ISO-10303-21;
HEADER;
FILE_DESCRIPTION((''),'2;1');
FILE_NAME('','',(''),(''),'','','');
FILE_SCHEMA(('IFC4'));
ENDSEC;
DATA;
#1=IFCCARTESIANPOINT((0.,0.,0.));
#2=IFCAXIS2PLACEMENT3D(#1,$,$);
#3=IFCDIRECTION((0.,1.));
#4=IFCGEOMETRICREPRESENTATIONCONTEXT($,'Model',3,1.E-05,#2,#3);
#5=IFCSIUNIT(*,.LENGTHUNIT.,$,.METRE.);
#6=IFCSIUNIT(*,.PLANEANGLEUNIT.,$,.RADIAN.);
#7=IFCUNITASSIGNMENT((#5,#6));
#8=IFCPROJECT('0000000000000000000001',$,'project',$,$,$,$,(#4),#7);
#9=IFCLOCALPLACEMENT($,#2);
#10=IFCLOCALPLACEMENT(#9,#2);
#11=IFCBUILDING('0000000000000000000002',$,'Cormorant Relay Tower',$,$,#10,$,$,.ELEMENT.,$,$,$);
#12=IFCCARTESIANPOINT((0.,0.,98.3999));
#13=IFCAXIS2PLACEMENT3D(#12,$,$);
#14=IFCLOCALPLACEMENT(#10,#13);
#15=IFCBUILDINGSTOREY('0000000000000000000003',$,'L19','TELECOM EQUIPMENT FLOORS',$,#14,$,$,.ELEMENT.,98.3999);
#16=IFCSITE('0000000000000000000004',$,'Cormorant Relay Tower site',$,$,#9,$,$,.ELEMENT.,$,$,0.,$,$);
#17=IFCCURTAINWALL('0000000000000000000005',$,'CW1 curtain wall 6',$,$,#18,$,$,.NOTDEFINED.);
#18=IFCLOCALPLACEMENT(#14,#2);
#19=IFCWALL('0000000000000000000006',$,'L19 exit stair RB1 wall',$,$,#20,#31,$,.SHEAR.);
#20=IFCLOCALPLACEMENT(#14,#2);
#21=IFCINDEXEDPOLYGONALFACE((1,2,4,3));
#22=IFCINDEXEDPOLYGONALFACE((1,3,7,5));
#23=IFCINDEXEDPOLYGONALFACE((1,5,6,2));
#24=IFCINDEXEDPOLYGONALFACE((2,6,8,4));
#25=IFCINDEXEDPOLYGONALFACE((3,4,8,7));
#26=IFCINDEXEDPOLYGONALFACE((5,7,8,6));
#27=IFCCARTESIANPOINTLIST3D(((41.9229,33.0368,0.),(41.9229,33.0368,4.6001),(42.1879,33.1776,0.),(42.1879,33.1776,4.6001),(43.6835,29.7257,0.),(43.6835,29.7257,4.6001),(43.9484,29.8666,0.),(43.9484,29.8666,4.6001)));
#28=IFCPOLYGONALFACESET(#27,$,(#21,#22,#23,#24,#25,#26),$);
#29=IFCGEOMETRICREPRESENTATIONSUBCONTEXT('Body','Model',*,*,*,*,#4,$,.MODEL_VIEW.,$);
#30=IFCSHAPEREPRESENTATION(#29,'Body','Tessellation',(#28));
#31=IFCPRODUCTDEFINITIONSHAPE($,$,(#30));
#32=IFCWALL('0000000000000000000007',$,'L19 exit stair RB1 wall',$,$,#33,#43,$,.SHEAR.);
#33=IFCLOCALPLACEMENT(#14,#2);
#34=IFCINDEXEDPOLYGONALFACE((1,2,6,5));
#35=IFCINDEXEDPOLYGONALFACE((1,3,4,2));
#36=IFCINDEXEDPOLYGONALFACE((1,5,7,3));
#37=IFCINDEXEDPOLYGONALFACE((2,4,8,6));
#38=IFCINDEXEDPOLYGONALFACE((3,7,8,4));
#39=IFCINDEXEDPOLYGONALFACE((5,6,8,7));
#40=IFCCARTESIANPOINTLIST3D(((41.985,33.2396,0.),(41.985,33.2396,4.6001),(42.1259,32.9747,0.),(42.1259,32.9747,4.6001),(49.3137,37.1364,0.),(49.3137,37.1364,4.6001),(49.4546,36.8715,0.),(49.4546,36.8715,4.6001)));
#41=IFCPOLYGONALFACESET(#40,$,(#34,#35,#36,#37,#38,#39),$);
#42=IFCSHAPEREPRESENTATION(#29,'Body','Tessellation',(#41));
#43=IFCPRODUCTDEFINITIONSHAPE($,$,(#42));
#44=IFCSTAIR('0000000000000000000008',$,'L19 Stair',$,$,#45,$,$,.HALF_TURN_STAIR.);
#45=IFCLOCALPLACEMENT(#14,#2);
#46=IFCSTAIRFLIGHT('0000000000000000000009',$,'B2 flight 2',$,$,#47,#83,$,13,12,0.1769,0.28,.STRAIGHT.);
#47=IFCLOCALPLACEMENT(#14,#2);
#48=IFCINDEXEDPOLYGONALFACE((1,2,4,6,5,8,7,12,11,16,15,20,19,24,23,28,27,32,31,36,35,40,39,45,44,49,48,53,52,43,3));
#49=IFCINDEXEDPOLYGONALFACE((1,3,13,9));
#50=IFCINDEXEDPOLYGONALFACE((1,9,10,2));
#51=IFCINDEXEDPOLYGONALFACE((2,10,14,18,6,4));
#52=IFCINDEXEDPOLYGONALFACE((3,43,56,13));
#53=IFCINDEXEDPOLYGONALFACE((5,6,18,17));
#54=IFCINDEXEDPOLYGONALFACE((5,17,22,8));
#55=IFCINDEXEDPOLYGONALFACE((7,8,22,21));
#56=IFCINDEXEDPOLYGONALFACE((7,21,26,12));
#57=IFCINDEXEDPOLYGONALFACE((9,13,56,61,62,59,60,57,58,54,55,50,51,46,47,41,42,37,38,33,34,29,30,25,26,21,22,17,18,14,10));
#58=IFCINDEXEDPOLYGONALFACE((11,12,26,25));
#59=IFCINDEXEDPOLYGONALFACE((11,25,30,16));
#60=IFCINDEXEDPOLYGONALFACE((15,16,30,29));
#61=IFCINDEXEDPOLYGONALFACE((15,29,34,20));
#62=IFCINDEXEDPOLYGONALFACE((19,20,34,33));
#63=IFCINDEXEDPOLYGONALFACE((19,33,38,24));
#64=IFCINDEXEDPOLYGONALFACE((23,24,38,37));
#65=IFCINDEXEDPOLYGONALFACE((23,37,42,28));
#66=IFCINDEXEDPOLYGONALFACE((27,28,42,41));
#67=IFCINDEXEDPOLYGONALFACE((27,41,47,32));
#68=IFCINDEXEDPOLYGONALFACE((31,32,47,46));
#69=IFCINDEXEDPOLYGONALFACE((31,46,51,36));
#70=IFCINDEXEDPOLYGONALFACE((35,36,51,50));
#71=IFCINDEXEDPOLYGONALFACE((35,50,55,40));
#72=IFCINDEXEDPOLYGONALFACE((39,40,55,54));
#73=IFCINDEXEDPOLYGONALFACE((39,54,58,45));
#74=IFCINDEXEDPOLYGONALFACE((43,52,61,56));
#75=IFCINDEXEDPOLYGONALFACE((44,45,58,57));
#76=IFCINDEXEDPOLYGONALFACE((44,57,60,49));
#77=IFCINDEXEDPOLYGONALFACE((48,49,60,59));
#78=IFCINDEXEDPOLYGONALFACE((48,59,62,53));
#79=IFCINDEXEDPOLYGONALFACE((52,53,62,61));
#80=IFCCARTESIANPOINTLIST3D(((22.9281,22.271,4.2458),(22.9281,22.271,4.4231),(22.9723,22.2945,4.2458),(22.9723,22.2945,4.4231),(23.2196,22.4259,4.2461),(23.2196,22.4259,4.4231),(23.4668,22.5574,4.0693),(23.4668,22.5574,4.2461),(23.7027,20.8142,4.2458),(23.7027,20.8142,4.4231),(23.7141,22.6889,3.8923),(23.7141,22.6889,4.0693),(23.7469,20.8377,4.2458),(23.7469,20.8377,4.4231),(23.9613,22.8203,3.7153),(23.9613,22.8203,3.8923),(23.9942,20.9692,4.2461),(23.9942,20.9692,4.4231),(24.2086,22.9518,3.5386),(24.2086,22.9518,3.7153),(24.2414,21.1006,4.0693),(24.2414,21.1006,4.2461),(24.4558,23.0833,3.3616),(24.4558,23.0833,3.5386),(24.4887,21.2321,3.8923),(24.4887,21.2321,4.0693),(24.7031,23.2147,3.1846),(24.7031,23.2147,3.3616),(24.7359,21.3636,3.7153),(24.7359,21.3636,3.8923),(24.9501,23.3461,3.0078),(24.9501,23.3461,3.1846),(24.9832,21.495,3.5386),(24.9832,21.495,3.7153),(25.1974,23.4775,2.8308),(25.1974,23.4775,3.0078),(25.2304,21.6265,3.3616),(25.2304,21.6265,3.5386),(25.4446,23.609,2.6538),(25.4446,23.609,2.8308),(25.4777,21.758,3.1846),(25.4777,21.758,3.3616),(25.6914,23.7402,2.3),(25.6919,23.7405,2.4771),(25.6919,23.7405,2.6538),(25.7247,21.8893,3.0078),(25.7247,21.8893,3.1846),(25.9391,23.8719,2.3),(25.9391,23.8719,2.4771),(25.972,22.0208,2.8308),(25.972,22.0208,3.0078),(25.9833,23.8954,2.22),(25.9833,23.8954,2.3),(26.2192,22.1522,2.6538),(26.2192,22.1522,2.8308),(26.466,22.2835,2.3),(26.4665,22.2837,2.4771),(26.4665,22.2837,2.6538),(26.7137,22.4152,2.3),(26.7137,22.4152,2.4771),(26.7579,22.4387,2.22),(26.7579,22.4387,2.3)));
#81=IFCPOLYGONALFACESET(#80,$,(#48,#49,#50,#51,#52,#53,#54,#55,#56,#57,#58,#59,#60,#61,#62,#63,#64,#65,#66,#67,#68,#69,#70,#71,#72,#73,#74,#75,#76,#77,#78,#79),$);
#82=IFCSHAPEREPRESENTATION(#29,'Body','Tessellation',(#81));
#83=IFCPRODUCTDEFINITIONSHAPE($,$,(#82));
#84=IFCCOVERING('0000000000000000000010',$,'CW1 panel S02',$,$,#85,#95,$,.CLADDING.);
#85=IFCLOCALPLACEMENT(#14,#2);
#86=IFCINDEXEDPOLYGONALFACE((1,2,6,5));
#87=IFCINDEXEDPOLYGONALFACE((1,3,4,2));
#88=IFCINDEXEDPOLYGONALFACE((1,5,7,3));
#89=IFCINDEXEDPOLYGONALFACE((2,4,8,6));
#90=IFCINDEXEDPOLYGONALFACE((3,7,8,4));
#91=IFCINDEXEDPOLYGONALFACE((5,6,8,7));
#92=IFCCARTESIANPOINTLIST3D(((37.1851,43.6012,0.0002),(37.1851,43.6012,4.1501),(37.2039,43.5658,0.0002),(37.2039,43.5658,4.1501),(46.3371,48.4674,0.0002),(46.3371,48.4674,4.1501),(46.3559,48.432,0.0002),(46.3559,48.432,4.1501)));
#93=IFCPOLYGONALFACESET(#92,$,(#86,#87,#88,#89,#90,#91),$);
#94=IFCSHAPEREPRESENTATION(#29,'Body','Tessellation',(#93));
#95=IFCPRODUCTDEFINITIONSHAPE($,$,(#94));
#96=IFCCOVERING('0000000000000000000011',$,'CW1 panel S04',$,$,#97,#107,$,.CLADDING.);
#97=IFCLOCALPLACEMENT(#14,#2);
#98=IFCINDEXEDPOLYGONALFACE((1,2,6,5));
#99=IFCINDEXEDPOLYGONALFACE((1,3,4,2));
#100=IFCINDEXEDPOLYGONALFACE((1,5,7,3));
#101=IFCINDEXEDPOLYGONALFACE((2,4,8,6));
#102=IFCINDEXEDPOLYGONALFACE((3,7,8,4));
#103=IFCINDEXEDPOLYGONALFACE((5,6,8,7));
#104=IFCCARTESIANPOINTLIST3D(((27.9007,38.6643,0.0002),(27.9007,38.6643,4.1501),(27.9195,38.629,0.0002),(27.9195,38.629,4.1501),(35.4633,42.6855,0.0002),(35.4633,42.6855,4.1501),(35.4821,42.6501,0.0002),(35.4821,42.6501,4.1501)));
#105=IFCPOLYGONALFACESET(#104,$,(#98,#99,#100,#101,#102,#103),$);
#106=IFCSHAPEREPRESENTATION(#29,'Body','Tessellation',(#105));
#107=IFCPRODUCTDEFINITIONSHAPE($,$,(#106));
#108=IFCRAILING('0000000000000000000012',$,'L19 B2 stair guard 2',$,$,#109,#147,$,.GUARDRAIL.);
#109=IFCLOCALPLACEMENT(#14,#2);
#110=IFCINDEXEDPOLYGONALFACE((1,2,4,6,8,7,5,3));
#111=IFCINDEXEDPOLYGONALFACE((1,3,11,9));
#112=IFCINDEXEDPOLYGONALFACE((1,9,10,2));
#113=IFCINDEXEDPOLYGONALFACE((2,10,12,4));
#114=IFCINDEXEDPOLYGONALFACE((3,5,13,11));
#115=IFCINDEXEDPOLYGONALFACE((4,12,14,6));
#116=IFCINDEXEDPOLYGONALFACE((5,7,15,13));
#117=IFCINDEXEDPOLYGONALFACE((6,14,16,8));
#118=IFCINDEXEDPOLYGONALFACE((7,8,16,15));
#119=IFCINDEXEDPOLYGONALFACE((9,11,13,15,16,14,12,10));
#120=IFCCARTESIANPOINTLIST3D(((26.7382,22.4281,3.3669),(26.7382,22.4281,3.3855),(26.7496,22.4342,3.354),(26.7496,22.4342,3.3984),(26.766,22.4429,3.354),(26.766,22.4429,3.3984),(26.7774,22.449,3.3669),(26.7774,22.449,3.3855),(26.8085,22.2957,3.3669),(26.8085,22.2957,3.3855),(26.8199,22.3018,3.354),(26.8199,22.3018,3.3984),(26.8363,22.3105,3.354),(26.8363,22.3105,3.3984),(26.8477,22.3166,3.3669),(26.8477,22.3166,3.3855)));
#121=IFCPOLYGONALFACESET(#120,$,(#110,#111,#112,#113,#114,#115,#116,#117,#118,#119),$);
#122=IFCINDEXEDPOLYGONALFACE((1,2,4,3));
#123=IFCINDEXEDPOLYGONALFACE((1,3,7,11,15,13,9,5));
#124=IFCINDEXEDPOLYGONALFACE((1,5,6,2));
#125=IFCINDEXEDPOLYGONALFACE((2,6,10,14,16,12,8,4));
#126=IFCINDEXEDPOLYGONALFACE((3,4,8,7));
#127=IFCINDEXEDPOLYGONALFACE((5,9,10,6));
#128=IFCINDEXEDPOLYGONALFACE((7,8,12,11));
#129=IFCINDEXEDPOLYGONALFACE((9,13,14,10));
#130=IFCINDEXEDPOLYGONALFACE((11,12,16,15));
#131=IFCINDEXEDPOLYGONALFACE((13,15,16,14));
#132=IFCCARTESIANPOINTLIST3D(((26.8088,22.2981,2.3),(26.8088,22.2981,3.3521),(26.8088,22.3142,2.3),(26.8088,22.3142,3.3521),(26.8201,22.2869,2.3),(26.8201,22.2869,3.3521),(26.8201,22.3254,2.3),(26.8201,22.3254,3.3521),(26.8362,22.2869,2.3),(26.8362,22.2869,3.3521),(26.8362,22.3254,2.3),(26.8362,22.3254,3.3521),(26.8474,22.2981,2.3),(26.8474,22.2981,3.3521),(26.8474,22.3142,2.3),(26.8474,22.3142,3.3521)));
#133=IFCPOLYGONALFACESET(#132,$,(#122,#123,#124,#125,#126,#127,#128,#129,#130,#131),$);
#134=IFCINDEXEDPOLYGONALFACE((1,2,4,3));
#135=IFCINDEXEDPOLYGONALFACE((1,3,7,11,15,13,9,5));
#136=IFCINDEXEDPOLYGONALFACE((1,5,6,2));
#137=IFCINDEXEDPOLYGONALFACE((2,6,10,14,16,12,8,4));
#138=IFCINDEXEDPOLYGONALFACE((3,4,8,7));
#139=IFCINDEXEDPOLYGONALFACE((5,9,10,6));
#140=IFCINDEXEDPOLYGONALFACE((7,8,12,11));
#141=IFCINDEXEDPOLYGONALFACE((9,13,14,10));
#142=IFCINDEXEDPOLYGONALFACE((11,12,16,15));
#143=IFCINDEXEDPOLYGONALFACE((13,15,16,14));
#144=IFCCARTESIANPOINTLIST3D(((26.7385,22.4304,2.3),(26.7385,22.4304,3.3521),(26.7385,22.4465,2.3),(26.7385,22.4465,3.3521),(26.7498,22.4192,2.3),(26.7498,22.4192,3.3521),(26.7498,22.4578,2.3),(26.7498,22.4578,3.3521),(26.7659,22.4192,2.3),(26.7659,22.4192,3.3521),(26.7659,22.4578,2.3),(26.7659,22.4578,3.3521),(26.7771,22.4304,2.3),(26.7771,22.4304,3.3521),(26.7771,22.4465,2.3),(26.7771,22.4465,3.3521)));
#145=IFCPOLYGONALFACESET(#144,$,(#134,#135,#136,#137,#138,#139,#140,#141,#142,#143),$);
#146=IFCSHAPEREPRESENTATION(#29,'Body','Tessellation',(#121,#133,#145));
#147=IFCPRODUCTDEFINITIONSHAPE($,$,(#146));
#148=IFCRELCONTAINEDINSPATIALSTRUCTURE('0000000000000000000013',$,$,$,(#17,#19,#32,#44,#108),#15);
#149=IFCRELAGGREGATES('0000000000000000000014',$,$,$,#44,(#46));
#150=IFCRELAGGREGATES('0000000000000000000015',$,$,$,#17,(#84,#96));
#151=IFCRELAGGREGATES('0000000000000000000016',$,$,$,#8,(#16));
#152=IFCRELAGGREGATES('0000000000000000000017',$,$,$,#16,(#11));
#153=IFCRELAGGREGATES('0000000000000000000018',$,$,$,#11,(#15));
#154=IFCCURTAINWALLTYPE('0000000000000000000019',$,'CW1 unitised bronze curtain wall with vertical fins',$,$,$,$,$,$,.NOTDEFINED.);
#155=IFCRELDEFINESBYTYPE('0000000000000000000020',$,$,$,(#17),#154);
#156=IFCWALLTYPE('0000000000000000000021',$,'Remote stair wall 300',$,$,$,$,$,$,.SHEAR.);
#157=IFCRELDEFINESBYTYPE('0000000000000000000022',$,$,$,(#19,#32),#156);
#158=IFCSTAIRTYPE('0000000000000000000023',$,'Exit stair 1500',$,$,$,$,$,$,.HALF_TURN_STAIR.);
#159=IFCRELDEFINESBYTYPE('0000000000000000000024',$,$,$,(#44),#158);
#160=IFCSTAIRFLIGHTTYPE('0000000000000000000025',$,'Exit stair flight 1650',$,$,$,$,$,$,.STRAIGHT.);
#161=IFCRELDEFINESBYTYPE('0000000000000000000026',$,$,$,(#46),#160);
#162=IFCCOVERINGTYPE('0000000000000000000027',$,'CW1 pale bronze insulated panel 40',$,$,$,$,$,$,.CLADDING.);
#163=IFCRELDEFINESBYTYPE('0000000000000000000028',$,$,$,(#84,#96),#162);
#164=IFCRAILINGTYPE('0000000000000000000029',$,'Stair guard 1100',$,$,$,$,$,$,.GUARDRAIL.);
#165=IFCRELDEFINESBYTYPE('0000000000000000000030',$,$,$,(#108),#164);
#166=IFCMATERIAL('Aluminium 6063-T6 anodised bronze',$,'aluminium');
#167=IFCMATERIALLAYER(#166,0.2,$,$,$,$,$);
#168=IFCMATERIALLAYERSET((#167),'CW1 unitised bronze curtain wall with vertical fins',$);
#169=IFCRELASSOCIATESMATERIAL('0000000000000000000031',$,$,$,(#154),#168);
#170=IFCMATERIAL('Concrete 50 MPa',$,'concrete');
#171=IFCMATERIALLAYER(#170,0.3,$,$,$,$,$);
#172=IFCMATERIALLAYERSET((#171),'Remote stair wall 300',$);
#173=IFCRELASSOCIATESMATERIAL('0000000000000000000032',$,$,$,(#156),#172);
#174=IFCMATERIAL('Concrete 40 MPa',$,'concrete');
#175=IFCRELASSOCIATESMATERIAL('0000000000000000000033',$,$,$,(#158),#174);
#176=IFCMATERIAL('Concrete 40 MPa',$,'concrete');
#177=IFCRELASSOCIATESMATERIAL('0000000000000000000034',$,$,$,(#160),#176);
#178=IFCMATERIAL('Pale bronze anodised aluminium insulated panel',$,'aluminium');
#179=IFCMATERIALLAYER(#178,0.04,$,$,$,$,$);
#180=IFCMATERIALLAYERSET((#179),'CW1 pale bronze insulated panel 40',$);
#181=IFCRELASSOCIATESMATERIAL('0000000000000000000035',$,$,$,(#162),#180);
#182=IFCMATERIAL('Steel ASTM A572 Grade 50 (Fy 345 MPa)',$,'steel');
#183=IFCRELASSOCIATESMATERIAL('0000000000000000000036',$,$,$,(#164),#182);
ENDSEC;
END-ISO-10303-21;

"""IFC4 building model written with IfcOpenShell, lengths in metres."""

from ifc_helpers import new_model, si_unit, direction, frame, frame_2d, origin, origin_2d, place, context, subcontext, project, spatial, polyline, rectangle, outline, extrude, material, layer, layer_set, type_object, element, aggregate, save


model = new_model("IFC4")

# Units and contexts
model_context = context("Model", 3, precision=1e-05, world=origin(), true_north=direction((0.0, 1.0)))
body_context = subcontext(model_context, "Body", "Model", "MODEL_VIEW")
ifc_project = project(units=[si_unit("LENGTHUNIT", "METRE"), si_unit("PLANEANGLEUNIT", "RADIAN")], contexts=[model_context])

# Site, building, storey
site_placement = place(None, origin())
site = spatial("IfcSite", under=ifc_project, at=site_placement, Name="Cormorant Relay Tower site", CompositionType="ELEMENT", RefElevation=0.0)
building_placement = place(site_placement, origin())
building = spatial("IfcBuilding", under=site, at=building_placement, Name="Cormorant Relay Tower", CompositionType="ELEMENT")
storey_placement = place(building_placement, frame((0.0, 0.0, 98.3999)))
storey = spatial("IfcBuildingStorey", under=building, at=storey_placement, Name="L19", Description="TELECOM EQUIPMENT FLOORS", CompositionType="ELEMENT", Elevation=98.3999)

# Curtain wall
ifc_material_1 = material(Name="Aluminium 6063-T6 anodised bronze", Category="aluminium")
ifc_layer_1 = layer(ifc_material_1, 0.2)
ifc_layer_set_1 = layer_set([ifc_layer_1], Name="CW1 unitised bronze curtain wall with vertical fins")
curtain_wall_type = type_object("IfcCurtainWallType", Name="CW1 unitised bronze curtain wall with vertical fins", PredefinedType="NOTDEFINED", material=ifc_layer_set_1)
curtain_wall_placement = place(storey_placement, origin())
curtain_wall = element("IfcCurtainWall", 1, at=curtain_wall_placement, inside=storey, type_object=curtain_wall_type, Name="CW1 curtain wall 6", PredefinedType="NOTDEFINED")

# Walls
ifc_material_2 = material(Name="Concrete 50 MPa", Category="concrete")
ifc_layer_2 = layer(ifc_material_2, 0.3)
ifc_layer_set_2 = layer_set([ifc_layer_2], Name="Remote stair wall 300")
wall_type_1 = type_object("IfcWallType", Name="Remote stair wall 300", PredefinedType="SHEAR", material=ifc_layer_set_2)
wall_1_placement = place(storey_placement, frame((43.8159, 29.7961, 0.0), z_axis=(0.0, 0.0, 1.0), x_axis=(-0.469469, 0.882949, 0.0)))
element("IfcWall", 2, at=wall_1_placement, inside=storey, type_object=wall_type_1, Name="L19 exit stair RB1 wall", PredefinedType="SHEAR", context=body_context, shape_type="SweptSolid", body=[
    extrude(rectangle(XDim=3.75, YDim=0.3, at=frame_2d((1.875, 0.0))), origin(), (0.0, 0.0, 1.0), 4.6001),
])
wall_2_placement = place(storey_placement, frame((42.0554, 33.1072, 0.0), z_axis=(0.0, 0.0, 1.0), x_axis=(0.882946, 0.469475, 0.0)))
element("IfcWall", 3, at=wall_2_placement, inside=storey, type_object=wall_type_1, Name="L19 exit stair RB1 wall", PredefinedType="SHEAR", context=body_context, shape_type="SweptSolid", body=[
    extrude(rectangle(XDim=8.3003, YDim=0.3, at=frame_2d((4.1501, 0.0))), origin(), (0.0, 0.0, 1.0), 4.6001),
])

# Stair, stair flight
ifc_material_3 = material(Name="Concrete 40 MPa", Category="concrete")
stair_type = type_object("IfcStairType", Name="Exit stair 1500", PredefinedType="HALF_TURN_STAIR", material=ifc_material_3)
stair_placement = place(storey_placement, origin())
stair = element("IfcStair", 4, at=stair_placement, inside=storey, type_object=stair_type, Name="L19 Stair", PredefinedType="HALF_TURN_STAIR")
ifc_material_4 = material(Name="Concrete 40 MPa", Category="concrete")
stair_flight_type = type_object("IfcStairFlightType", Name="Exit stair flight 1650", PredefinedType="STRAIGHT", material=ifc_material_4)
stair_flight_placement = place(storey_placement, frame((26.3264, 23.1436, 2.3), z_axis=(0.0, 0.0, 1.0), x_axis=(-0.882948, -0.469472, 0.0)))
stair_flight = element("IfcStairFlight", 5, at=stair_flight_placement, type_object=stair_flight_type, Name="B2 flight 2", NumberOfRisers=13, NumberOfTreads=12, PredefinedType="STRAIGHT", RiserHeight=0.1769, TreadLength=0.28, context=body_context, shape_type="SweptSolid", body=[
    extrude(outline(polyline([(-0.05, -0.0801), (-0.05, 0.0), (0.0, 0.0), (0.0, 0.177), (0.28, 0.177), (0.28, 0.3538), (0.5601, 0.3538), (0.5601, 0.5308), (0.8401, 0.5308), (0.8401, 0.7078), (1.1201, 0.7078), (1.1201, 0.8845), (1.3999, 0.8845), (1.3999, 1.0615), (1.6799, 1.0615), (1.6799, 1.2385), (1.96, 1.2385), (1.96, 1.4153), (2.24, 1.4153), (2.24, 1.5923), (2.52, 1.5923), (2.52, 1.7693), (2.8, 1.7693), (2.8, 1.946), (3.0801, 1.946), (3.0801, 2.123), (3.3601, 2.123), (3.4102, 2.123), (3.4102, 1.9458), (3.3601, 1.9458), (0.2805, 0.0), (-0.05, -0.0801)])), frame((0.0, 0.825, 0.0), z_axis=(0.0, -1.0, 0.0), x_axis=(1.0, 0.0, 0.0)), (0.0, 0.0, 1.0), 1.6499),
])
aggregate(stair, [stair_flight])

# Coverings
ifc_material_5 = material(Name="Pale bronze anodised aluminium insulated panel", Category="aluminium")
ifc_layer_3 = layer(ifc_material_5, 0.04)
ifc_layer_set_3 = layer_set([ifc_layer_3], Name="CW1 pale bronze insulated panel 40")
covering_type = type_object("IfcCoveringType", Name="CW1 pale bronze insulated panel 40", PredefinedType="CLADDING", material=ifc_layer_set_3)
covering_1_placement = place(storey_placement, frame((41.7705, 46.0166, 0.0002), z_axis=(0.0, 0.0, 1.0), x_axis=(-0.882948, -0.469472, 0.0)))
covering_1 = element("IfcCovering", 6, at=covering_1_placement, type_object=covering_type, Name="CW1 panel S02", PredefinedType="CLADDING", context=body_context, shape_type="SweptSolid", body=[
    extrude(rectangle(XDim=10.3652, YDim=0.04, at=origin_2d()), origin(), (0.0, 0.0, 1.0), 4.1499),
])
covering_2_placement = place(storey_placement, frame((31.6914, 40.6572, 0.0002), z_axis=(0.0, 0.0, 1.0), x_axis=(-0.882948, -0.469472, 0.0)))
covering_2 = element("IfcCovering", 7, at=covering_2_placement, type_object=covering_type, Name="CW1 panel S04", PredefinedType="CLADDING", context=body_context, shape_type="SweptSolid", body=[
    extrude(rectangle(XDim=8.5652, YDim=0.04, at=origin_2d()), origin(), (0.0, 0.0, 1.0), 4.1499),
])
aggregate(curtain_wall, [covering_1, covering_2])

# Railing
ifc_material_6 = material(Name="Steel ASTM A572 Grade 50 (Fy 345 MPa)", Category="steel")
railing_type = type_object("IfcRailingType", Name="Stair guard 1100", PredefinedType="GUARDRAIL", material=ifc_material_6)
railing_1_placement = place(storey_placement, frame((26.8281, 22.3062, 2.3)))
element("IfcRailing", 8, at=railing_1_placement, inside=storey, type_object=railing_type, Name="L19 B2 stair guard 2", PredefinedType="GUARDRAIL", context=body_context, shape_type="SweptSolid", body=[
    extrude(outline(polyline([(0.0222, 0.0093), (0.0093, 0.0222), (-0.0093, 0.0222), (-0.0222, 0.0093), (-0.0222, -0.0093), (-0.0093, -0.0222), (0.0093, -0.0222), (0.0222, -0.0093), (0.0222, 0.0093)])), frame((0.0, 0.0, 1.0762), z_axis=(-0.469235, 0.883074, 0.0), x_axis=(-0.883074, -0.469235, 0.0)), (0.0, 0.0, 1.0), 0.1499),
    extrude(outline(polyline([(0.0193, 0.0081), (0.0081, 0.0193), (-0.0081, 0.0193), (-0.0193, 0.0081), (-0.0193, -0.0081), (-0.0081, -0.0193), (0.0081, -0.0193), (0.0193, -0.0081), (0.0193, 0.0081)])), origin(), (0.0, 0.0, 1.0), 1.052),
    extrude(outline(polyline([(0.0193, 0.0081), (0.0081, 0.0193), (-0.0081, 0.0193), (-0.0193, 0.0081), (-0.0193, -0.0081), (-0.0081, -0.0193), (0.0081, -0.0193), (0.0193, -0.0081), (0.0193, 0.0081)])), frame((-0.0703, 0.1323, 0.0)), (0.0, 0.0, 1.0), 1.052),
])

save(model, "model.ifc")
